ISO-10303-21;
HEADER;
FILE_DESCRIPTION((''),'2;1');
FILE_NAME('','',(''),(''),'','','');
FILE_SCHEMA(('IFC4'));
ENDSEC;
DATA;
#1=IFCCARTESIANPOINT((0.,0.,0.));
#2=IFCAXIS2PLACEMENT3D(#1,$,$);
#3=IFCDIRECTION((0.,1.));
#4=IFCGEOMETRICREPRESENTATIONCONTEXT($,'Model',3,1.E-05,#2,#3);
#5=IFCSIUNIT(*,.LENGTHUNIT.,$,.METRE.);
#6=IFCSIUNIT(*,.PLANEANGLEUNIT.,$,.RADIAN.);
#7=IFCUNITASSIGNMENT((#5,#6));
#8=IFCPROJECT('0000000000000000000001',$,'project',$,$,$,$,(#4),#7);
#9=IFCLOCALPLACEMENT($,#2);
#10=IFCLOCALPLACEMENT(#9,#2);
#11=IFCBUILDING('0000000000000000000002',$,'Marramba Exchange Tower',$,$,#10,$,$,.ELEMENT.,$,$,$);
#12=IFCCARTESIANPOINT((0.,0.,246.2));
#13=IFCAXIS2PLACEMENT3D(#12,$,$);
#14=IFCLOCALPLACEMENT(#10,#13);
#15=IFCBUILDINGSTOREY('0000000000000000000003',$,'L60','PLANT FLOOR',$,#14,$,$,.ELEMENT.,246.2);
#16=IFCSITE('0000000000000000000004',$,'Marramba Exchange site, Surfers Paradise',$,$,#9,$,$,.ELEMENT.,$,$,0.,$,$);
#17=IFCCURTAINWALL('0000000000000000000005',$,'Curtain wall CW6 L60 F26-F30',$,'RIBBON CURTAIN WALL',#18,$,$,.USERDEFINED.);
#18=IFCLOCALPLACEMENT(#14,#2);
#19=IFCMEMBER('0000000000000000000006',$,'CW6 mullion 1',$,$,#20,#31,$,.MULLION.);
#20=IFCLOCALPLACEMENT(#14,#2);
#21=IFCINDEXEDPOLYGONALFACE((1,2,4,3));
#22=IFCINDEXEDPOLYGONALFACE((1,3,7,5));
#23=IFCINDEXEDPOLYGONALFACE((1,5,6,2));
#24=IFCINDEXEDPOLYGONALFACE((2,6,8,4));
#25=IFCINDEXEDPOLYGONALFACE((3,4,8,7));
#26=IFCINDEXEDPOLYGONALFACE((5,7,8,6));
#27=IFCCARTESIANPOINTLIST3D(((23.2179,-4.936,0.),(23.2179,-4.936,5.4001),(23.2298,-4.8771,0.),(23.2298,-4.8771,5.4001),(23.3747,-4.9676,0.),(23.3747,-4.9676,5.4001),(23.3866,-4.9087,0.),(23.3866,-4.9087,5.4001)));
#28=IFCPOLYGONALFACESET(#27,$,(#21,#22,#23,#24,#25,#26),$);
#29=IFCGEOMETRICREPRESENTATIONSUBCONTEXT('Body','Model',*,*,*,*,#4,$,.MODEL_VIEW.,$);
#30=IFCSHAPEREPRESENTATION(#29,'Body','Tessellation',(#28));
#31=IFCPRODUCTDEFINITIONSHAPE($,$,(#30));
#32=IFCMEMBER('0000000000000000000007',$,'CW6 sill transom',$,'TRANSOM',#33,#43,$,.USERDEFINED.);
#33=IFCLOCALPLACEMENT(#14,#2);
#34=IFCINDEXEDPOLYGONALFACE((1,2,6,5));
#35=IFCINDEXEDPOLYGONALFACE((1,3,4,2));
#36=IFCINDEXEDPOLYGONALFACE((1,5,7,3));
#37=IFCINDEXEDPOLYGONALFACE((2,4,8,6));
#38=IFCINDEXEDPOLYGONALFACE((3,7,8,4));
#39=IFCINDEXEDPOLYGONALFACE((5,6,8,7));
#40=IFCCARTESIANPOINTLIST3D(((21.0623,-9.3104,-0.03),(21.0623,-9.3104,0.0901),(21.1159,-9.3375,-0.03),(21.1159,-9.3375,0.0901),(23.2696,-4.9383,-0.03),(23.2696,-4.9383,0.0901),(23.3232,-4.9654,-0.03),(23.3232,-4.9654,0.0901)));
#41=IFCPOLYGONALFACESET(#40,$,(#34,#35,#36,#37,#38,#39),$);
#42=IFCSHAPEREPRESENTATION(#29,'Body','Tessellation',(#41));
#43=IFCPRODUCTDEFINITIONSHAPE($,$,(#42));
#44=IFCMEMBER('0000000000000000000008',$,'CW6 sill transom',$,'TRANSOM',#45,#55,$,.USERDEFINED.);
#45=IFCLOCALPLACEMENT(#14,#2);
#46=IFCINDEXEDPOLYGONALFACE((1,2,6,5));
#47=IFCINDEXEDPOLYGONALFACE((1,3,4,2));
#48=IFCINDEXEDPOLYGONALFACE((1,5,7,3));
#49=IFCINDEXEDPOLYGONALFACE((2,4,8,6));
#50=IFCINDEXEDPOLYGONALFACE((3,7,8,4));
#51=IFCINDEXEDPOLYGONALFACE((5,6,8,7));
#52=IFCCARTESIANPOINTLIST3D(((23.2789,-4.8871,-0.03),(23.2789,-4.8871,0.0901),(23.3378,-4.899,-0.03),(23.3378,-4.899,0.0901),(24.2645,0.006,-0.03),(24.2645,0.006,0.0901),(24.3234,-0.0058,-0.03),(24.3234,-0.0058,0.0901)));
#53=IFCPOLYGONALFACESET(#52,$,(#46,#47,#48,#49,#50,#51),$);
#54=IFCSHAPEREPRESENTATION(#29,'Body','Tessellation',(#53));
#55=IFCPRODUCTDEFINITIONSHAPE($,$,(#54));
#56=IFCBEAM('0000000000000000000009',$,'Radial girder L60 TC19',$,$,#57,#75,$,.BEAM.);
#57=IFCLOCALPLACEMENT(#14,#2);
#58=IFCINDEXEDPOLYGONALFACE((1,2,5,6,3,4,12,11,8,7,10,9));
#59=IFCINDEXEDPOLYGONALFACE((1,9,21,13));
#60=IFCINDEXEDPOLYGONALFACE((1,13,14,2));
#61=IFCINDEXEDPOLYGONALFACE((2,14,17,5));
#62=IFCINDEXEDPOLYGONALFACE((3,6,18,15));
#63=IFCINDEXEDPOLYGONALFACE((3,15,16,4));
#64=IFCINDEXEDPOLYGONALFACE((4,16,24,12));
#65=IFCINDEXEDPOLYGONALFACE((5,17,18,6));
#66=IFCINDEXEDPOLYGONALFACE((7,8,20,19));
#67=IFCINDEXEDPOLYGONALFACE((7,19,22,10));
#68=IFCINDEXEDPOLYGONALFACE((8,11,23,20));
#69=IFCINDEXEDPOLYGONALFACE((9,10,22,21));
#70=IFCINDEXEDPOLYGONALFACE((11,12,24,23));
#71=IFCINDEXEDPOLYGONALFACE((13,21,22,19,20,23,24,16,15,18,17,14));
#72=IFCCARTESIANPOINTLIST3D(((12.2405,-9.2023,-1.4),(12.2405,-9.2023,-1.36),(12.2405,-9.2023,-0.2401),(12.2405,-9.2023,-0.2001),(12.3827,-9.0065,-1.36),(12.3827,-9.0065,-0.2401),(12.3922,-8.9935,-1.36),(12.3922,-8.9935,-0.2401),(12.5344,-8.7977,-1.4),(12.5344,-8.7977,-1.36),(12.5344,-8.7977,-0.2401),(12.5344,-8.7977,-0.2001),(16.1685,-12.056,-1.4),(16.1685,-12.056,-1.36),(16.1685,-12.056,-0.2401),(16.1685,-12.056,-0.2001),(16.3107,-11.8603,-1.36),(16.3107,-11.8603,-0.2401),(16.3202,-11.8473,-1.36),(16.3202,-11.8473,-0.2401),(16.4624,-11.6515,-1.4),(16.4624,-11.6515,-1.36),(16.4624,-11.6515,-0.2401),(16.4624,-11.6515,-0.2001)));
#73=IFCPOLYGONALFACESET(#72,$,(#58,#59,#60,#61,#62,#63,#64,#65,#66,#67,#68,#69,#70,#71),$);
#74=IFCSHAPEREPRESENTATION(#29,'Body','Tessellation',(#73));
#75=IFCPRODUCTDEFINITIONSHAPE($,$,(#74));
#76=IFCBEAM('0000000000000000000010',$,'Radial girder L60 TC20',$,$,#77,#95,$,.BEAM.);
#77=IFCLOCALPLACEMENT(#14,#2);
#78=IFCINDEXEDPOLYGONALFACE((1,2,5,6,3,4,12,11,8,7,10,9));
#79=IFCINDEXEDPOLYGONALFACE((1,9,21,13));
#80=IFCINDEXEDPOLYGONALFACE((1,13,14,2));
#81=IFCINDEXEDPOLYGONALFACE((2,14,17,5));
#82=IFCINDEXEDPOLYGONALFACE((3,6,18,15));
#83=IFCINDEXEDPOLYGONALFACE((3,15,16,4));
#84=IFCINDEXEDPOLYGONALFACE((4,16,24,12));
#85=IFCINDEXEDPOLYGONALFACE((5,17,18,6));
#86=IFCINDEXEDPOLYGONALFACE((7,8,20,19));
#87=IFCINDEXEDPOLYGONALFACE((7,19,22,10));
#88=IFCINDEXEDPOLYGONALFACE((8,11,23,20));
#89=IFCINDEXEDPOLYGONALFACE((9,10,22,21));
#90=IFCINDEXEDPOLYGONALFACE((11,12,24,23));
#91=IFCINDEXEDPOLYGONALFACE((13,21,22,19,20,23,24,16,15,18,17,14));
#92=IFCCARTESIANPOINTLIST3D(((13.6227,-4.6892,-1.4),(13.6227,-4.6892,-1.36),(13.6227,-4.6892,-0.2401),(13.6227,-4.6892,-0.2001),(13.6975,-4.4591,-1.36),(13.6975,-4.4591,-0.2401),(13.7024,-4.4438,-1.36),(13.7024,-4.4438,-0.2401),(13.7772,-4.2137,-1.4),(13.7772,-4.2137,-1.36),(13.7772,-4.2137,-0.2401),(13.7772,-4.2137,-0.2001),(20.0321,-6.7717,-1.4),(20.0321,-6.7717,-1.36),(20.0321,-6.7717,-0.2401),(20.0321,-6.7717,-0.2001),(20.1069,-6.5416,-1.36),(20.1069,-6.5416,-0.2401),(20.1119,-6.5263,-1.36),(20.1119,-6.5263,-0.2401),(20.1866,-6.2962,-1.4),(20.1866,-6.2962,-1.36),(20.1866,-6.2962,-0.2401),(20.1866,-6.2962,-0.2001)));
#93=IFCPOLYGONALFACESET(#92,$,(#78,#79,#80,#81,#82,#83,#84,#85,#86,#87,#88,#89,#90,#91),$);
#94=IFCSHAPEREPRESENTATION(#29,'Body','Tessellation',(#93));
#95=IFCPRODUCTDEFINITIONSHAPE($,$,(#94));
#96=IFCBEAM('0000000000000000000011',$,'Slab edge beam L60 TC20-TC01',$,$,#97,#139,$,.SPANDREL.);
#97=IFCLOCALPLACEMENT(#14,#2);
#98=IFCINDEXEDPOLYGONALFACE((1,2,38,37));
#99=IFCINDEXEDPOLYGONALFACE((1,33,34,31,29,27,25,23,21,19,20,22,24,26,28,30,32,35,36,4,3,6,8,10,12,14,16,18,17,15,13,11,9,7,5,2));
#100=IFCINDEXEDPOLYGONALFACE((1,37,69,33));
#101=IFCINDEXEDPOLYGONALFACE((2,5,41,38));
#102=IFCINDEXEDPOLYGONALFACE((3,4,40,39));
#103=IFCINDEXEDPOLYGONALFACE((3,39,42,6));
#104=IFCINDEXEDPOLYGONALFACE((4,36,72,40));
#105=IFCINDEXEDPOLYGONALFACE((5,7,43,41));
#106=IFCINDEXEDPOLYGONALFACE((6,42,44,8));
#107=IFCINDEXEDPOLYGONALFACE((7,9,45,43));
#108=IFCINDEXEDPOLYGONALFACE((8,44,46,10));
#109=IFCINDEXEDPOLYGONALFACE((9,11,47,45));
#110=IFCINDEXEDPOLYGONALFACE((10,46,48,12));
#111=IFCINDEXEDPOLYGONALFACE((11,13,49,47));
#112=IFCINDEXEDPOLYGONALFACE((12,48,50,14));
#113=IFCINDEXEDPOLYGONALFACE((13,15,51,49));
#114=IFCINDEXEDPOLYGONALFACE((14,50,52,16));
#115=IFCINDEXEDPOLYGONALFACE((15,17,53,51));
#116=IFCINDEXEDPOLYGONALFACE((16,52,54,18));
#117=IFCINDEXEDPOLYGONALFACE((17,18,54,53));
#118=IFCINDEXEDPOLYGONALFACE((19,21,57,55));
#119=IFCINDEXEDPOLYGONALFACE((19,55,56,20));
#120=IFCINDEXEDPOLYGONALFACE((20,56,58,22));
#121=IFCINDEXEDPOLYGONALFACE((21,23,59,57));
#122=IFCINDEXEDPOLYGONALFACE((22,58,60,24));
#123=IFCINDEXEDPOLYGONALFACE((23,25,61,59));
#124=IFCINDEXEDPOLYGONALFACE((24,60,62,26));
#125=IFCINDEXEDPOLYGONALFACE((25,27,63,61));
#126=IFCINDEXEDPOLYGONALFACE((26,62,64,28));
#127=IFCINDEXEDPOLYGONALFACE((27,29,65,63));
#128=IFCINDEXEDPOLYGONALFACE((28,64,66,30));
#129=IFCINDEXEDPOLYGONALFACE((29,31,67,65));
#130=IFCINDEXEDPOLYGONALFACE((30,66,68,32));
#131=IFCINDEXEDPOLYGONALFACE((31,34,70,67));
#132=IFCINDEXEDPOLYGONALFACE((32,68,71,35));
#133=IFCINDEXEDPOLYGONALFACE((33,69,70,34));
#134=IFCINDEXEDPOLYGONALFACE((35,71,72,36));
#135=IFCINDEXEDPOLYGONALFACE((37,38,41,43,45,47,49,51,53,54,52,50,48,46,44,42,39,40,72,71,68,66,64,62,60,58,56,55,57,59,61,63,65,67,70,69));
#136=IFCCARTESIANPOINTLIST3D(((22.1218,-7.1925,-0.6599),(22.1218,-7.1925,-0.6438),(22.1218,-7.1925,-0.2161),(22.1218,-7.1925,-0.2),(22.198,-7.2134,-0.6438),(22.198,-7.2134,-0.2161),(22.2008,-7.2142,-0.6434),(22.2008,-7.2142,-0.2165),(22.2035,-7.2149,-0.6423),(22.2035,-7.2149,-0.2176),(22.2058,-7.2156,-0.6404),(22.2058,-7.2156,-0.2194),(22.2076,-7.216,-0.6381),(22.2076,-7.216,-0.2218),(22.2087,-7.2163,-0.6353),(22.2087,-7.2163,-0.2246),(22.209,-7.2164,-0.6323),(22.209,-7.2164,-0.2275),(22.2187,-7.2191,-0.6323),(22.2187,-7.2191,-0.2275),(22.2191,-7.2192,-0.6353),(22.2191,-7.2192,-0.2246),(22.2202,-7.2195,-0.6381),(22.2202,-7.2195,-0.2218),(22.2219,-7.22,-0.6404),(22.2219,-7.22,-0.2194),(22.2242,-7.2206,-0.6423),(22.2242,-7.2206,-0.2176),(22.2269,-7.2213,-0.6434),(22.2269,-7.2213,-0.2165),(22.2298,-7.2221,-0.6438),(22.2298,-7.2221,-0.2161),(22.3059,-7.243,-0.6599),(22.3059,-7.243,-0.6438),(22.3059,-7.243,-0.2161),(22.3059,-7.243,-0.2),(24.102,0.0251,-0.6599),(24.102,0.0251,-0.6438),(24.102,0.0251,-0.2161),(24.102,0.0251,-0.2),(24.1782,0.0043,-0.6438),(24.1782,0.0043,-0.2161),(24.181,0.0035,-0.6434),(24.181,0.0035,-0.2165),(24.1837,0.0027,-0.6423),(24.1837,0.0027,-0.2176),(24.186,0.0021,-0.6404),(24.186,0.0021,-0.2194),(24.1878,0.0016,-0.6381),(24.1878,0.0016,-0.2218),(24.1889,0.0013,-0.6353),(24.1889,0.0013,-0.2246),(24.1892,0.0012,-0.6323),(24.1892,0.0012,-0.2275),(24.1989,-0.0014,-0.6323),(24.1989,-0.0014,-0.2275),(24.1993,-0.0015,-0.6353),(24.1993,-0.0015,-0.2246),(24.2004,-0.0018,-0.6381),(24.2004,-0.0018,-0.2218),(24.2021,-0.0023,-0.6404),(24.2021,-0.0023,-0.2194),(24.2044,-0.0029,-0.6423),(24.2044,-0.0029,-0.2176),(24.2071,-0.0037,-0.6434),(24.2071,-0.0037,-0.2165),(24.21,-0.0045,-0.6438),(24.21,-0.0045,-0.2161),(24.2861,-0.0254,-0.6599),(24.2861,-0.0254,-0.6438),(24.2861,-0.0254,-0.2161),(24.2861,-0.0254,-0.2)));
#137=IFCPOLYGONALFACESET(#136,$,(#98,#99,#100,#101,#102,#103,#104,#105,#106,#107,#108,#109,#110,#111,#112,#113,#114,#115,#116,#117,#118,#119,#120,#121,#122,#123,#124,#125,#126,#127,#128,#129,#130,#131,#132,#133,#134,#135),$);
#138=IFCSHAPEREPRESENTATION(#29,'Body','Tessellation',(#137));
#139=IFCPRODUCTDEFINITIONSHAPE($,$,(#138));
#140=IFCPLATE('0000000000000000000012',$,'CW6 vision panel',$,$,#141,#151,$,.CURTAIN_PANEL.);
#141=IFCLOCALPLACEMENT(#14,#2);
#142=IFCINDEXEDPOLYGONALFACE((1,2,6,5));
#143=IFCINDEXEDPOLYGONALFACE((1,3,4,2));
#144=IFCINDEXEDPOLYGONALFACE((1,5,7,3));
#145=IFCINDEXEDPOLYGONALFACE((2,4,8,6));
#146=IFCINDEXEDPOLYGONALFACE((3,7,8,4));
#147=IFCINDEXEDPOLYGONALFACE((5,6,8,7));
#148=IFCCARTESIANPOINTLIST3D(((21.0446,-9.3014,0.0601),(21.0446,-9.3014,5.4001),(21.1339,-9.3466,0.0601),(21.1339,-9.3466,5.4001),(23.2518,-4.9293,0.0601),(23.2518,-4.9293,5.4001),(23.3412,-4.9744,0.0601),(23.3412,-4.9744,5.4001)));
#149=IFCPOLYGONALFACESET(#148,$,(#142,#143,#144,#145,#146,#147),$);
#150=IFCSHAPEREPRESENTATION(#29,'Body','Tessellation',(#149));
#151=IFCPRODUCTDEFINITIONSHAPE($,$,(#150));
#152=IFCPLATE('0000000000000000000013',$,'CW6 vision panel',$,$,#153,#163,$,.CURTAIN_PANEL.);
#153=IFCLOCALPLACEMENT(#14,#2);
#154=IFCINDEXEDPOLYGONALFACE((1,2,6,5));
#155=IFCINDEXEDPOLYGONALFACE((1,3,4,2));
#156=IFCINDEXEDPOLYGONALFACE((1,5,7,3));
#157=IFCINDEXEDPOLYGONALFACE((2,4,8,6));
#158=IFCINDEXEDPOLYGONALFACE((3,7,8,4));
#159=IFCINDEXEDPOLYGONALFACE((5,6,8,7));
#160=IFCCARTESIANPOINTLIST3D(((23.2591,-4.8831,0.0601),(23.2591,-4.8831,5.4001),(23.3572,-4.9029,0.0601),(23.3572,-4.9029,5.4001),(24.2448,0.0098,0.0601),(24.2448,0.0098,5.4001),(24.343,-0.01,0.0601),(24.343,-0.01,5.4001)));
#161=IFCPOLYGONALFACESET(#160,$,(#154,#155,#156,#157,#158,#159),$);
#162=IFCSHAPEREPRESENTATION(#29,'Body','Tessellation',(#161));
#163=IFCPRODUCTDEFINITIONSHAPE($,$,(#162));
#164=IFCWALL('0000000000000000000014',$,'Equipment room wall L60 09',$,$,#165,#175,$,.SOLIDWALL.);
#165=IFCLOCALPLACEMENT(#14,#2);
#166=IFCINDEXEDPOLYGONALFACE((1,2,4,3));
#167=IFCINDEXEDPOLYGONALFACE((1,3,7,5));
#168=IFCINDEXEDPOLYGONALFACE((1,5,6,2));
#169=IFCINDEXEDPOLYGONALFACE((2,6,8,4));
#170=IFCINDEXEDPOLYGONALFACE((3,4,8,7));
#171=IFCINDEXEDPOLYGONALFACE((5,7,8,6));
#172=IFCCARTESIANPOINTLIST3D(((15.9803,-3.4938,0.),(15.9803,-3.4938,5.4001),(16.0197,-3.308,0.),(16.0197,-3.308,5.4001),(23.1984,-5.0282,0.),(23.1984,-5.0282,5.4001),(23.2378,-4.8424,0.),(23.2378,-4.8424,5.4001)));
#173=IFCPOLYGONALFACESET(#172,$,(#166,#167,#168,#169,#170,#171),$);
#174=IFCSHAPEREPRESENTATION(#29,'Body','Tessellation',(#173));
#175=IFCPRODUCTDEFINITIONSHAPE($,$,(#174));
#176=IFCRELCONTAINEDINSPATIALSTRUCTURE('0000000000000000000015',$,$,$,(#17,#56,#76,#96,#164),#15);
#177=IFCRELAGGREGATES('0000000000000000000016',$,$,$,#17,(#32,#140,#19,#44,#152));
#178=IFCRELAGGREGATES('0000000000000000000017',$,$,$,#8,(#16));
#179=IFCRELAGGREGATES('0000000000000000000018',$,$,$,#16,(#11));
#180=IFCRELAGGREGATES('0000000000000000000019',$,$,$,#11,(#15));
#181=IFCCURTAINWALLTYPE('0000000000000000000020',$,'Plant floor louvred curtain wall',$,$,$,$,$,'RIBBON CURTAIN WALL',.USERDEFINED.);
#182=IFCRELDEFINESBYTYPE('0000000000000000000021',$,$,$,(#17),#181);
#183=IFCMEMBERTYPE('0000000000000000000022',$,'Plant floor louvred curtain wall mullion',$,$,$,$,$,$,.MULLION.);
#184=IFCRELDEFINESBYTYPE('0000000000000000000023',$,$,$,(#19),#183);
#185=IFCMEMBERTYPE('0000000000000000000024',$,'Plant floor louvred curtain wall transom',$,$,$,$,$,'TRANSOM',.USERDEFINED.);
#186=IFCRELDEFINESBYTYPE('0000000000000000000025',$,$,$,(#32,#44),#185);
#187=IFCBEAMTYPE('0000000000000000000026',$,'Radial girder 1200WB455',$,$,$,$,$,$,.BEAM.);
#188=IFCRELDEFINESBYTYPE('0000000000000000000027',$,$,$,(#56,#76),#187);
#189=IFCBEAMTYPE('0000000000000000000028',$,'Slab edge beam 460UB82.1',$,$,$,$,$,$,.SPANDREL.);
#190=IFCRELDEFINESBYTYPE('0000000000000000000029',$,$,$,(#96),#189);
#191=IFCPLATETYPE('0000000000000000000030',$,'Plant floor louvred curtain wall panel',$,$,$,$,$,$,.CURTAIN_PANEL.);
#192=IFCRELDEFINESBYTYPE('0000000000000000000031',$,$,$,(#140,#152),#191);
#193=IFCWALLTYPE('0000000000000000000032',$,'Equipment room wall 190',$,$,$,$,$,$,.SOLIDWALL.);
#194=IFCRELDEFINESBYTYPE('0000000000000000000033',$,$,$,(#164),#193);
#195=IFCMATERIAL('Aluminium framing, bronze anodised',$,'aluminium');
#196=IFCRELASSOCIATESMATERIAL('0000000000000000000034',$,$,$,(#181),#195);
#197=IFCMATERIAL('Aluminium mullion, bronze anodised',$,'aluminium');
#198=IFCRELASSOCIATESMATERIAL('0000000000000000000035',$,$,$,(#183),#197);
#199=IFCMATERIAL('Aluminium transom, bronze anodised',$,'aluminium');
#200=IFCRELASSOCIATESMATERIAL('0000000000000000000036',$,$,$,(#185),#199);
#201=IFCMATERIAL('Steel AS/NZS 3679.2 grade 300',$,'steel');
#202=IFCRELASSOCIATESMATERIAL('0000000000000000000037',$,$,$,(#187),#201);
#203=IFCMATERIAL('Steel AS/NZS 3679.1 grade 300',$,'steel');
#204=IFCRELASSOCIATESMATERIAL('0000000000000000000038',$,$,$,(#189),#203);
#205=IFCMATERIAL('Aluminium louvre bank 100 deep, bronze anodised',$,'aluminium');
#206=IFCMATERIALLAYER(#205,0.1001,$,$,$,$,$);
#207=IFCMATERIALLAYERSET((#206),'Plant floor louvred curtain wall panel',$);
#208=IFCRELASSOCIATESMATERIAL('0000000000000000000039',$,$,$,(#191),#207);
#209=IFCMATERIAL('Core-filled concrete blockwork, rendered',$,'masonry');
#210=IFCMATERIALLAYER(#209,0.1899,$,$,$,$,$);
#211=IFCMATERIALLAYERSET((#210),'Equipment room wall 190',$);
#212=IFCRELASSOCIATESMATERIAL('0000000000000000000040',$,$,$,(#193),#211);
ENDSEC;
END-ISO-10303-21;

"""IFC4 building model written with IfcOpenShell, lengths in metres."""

from ifc_helpers import new_model, si_unit, direction, frame, frame_2d, origin, origin_2d, place, context, subcontext, project, spatial, rectangle, i_section, extrude, material, layer, layer_set, material_profile, profile_set, type_object, element, aggregate, save


model = new_model("IFC4")

# Units and contexts
model_context = context("Model", 3, precision=1e-05, world=origin(), true_north=direction((0.0, 1.0)))
body_context = subcontext(model_context, "Body", "Model", "MODEL_VIEW")
ifc_project = project(units=[si_unit("LENGTHUNIT", "METRE"), si_unit("PLANEANGLEUNIT", "RADIAN")], contexts=[model_context])

# Site, building, storey
site_placement = place(None, origin())
site = spatial("IfcSite", under=ifc_project, at=site_placement, Name="Marramba Exchange site, Surfers Paradise", CompositionType="ELEMENT", RefElevation=0.0)
building_placement = place(site_placement, origin())
building = spatial("IfcBuilding", under=site, at=building_placement, Name="Marramba Exchange Tower", CompositionType="ELEMENT")
storey_placement = place(building_placement, frame((0.0, 0.0, 246.2)))
storey = spatial("IfcBuildingStorey", under=building, at=storey_placement, Name="L60", Description="PLANT FLOOR", CompositionType="ELEMENT", Elevation=246.2)

# Shared definitions
ifc_material_1 = material(Name="Steel AS/NZS 3679.2 grade 300", Category="steel")

# Shared definitions
ifc_material_2 = material(Name="Steel AS/NZS 3679.1 grade 300", Category="steel")

# Curtain wall, members
ifc_material_3 = material(Name="Aluminium framing, bronze anodised", Category="aluminium")
curtain_wall_type = type_object("IfcCurtainWallType", Name="Plant floor louvred curtain wall", ElementType="RIBBON CURTAIN WALL", PredefinedType="USERDEFINED", material=ifc_material_3)
curtain_wall_placement = place(storey_placement, origin())
curtain_wall = element("IfcCurtainWall", 1, at=curtain_wall_placement, inside=storey, type_object=curtain_wall_type, Name="Curtain wall CW6 L60 F26-F30", ObjectType="RIBBON CURTAIN WALL", PredefinedType="USERDEFINED")
ifc_material_4 = material(Name="Aluminium mullion, bronze anodised", Category="aluminium")
ifc_material_profile_1 = material_profile(ifc_material_4, rectangle(XDim=0.1599, YDim=0.0601, at=origin_2d()), Name="CW6 mullion 60x160")
ifc_profile_set_1 = profile_set([ifc_material_profile_1], Name="Aluminium mullion, bronze anodised")
member_type_1 = type_object("IfcMemberType", Name="Plant floor louvred curtain wall mullion", PredefinedType="MULLION", material=ifc_profile_set_1)
member_1_placement = place(storey_placement, frame((23.3022, -4.9224, 0.0), z_axis=(0.0, 0.0, 1.0), x_axis=(-0.980304, 0.197495, 0.0)))
member_1 = element("IfcMember", 2, at=member_1_placement, type_object=member_type_1, Name="CW6 mullion 1", PredefinedType="MULLION", context=body_context, shape_type="SweptSolid", body=[
    extrude(rectangle(XDim=0.1599, YDim=0.0601, at=origin_2d()), origin(), (0.0, 0.0, 1.0), 5.4001),
])
ifc_material_5 = material(Name="Aluminium transom, bronze anodised", Category="aluminium")
ifc_material_profile_2 = material_profile(ifc_material_5, rectangle(XDim=0.0601, YDim=0.1201, at=origin_2d()), Name="CW6 transom 60x120")
ifc_profile_set_2 = profile_set([ifc_material_profile_2], Name="Aluminium transom, bronze anodised")
member_type_2 = type_object("IfcMemberType", Name="Plant floor louvred curtain wall transom", ElementType="TRANSOM", PredefinedType="USERDEFINED", material=ifc_profile_set_2)
member_2_placement = place(storey_placement, frame((21.0891, -9.324, 0.03), z_axis=(0.45068, 0.892686, 0.0), x_axis=(-0.892686, 0.45068, 0.0)))
member_2 = element("IfcMember", 3, at=member_2_placement, type_object=member_type_2, Name="CW6 sill transom", ObjectType="TRANSOM", PredefinedType="USERDEFINED", context=body_context, shape_type="SweptSolid", body=[
    extrude(rectangle(XDim=0.0601, YDim=0.1201, at=origin_2d()), origin(), (0.0, 0.0, 1.0), 4.8977),
])
member_3_placement = place(storey_placement, frame((23.3083, -4.8931, 0.03), z_axis=(0.197461, 0.980311, 0.0), x_axis=(-0.980311, 0.197461, 0.0)))
member_3 = element("IfcMember", 4, at=member_3_placement, type_object=member_type_2, Name="CW6 sill transom", ObjectType="TRANSOM", PredefinedType="USERDEFINED", context=body_context, shape_type="SweptSolid", body=[
    extrude(rectangle(XDim=0.0601, YDim=0.1201, at=origin_2d()), origin(), (0.0, 0.0, 1.0), 4.9915),
])

# Beams
ifc_material_profile_3 = material_profile(ifc_material_1, i_section(OverallWidth=0.5, OverallDepth=1.2, WebThickness=0.0161, FlangeThickness=0.04, at=origin_2d()), Name="1200WB455")
ifc_profile_set_3 = profile_set([ifc_material_profile_3], Name="Steel AS/NZS 3679.2 grade 300")
beam_type_1 = type_object("IfcBeamType", Name="Radial girder 1200WB455", PredefinedType="BEAM", material=ifc_profile_set_3)
beam_1_placement = place(storey_placement, frame((12.3875, -9.0, -0.8), z_axis=(0.809025, -0.587774, 0.0), x_axis=(0.587774, 0.809025, 0.0)))
element("IfcBeam", 5, at=beam_1_placement, inside=storey, type_object=beam_type_1, Name="Radial girder L60 TC19", PredefinedType="BEAM", context=body_context, shape_type="SweptSolid", body=[
    extrude(i_section(OverallWidth=0.5, OverallDepth=1.2, WebThickness=0.0161, FlangeThickness=0.04, at=origin_2d()), origin(), (0.0, 0.0, 1.0), 4.8552),
])
beam_2_placement = place(storey_placement, frame((13.7, -4.4514, -0.8), z_axis=(0.951058, -0.309013, 0.0), x_axis=(0.309013, 0.951058, 0.0)))
element("IfcBeam", 6, at=beam_2_placement, inside=storey, type_object=beam_type_1, Name="Radial girder L60 TC20", PredefinedType="BEAM", context=body_context, shape_type="SweptSolid", body=[
    extrude(i_section(OverallWidth=0.5, OverallDepth=1.2, WebThickness=0.0161, FlangeThickness=0.04, at=origin_2d()), origin(), (0.0, 0.0, 1.0), 6.7393),
])
ifc_material_profile_4 = material_profile(ifc_material_2, i_section(OverallWidth=0.1909, OverallDepth=0.46, WebThickness=0.01, FlangeThickness=0.0161, FilletRadius=0.0115, at=origin_2d()), Name="460UB82.1")
ifc_profile_set_4 = profile_set([ifc_material_profile_4], Name="Steel AS/NZS 3679.1 grade 300")
beam_type_2 = type_object("IfcBeamType", Name="Slab edge beam 460UB82.1", PredefinedType="SPANDREL", material=ifc_profile_set_4)
beam_3_placement = place(storey_placement, frame((22.2139, -7.2178, -0.4299), z_axis=(0.264577, 0.964365, 0.0), x_axis=(-0.964365, 0.264577, 0.0)))
element("IfcBeam", 7, at=beam_3_placement, inside=storey, type_object=beam_type_2, Name="Slab edge beam L60 TC20-TC01", PredefinedType="SPANDREL", context=body_context, shape_type="SweptSolid", body=[
    extrude(i_section(OverallWidth=0.1909, OverallDepth=0.46, WebThickness=0.01, FlangeThickness=0.0161, FilletRadius=0.0115, at=origin_2d()), origin(), (0.0, 0.0, 1.0), 7.4844),
])

# Plates
ifc_material_6 = material(Name="Aluminium louvre bank 100 deep, bronze anodised", Category="aluminium")
ifc_layer_1 = layer(ifc_material_6, 0.1001)
ifc_layer_set_1 = layer_set([ifc_layer_1], Name="Plant floor louvred curtain wall panel")
plate_type = type_object("IfcPlateType", Name="Plant floor louvred curtain wall panel", PredefinedType="CURTAIN_PANEL", material=ifc_layer_set_1)
plate_1_placement = place(storey_placement, frame((22.1929, -7.1379, 0.0601), z_axis=(0.0, 0.0, 1.0), x_axis=(0.450673, 0.892689, 0.0)))
plate_1 = element("IfcPlate", 8, at=plate_1_placement, type_object=plate_type, Name="CW6 vision panel", PredefinedType="CURTAIN_PANEL", context=body_context, shape_type="SweptSolid", body=[
    extrude(rectangle(XDim=4.8977, YDim=0.1001, at=origin_2d()), origin(), (0.0, 0.0, 1.0), 5.3401),
])
plate_2_placement = place(storey_placement, frame((23.801, -2.4465, 0.0601), z_axis=(0.0, 0.0, 1.0), x_axis=(0.197495, 0.980304, 0.0)))
plate_2 = element("IfcPlate", 9, at=plate_2_placement, type_object=plate_type, Name="CW6 vision panel", PredefinedType="CURTAIN_PANEL", context=body_context, shape_type="SweptSolid", body=[
    extrude(rectangle(XDim=4.9912, YDim=0.1001, at=origin_2d()), origin(), (0.0, 0.0, 1.0), 5.3401),
])
aggregate(curtain_wall, [member_2, plate_1, member_1, member_3, plate_2])

# Wall
ifc_material_7 = material(Name="Core-filled concrete blockwork, rendered", Category="masonry")
ifc_layer_2 = layer(ifc_material_7, 0.1899)
ifc_layer_set_2 = layer_set([ifc_layer_2], Name="Equipment room wall 190")
wall_type_1 = type_object("IfcWallType", Name="Equipment room wall 190", PredefinedType="SOLIDWALL", material=ifc_layer_set_2)
wall_1_placement = place(storey_placement, frame((16.0, -3.4009, 0.0), z_axis=(0.0, 0.0, 1.0), x_axis=(0.978142, -0.207936, 0.0)))
element("IfcWall", 10, at=wall_1_placement, inside=storey, type_object=wall_type_1, Name="Equipment room wall L60 09", PredefinedType="SOLIDWALL", context=body_context, shape_type="SweptSolid", body=[
    extrude(rectangle(XDim=7.3794, YDim=0.1899, at=frame_2d((3.6897, 0.0))), origin(), (0.0, 0.0, 1.0), 5.4001),
])

save(model, "model.ifc")
